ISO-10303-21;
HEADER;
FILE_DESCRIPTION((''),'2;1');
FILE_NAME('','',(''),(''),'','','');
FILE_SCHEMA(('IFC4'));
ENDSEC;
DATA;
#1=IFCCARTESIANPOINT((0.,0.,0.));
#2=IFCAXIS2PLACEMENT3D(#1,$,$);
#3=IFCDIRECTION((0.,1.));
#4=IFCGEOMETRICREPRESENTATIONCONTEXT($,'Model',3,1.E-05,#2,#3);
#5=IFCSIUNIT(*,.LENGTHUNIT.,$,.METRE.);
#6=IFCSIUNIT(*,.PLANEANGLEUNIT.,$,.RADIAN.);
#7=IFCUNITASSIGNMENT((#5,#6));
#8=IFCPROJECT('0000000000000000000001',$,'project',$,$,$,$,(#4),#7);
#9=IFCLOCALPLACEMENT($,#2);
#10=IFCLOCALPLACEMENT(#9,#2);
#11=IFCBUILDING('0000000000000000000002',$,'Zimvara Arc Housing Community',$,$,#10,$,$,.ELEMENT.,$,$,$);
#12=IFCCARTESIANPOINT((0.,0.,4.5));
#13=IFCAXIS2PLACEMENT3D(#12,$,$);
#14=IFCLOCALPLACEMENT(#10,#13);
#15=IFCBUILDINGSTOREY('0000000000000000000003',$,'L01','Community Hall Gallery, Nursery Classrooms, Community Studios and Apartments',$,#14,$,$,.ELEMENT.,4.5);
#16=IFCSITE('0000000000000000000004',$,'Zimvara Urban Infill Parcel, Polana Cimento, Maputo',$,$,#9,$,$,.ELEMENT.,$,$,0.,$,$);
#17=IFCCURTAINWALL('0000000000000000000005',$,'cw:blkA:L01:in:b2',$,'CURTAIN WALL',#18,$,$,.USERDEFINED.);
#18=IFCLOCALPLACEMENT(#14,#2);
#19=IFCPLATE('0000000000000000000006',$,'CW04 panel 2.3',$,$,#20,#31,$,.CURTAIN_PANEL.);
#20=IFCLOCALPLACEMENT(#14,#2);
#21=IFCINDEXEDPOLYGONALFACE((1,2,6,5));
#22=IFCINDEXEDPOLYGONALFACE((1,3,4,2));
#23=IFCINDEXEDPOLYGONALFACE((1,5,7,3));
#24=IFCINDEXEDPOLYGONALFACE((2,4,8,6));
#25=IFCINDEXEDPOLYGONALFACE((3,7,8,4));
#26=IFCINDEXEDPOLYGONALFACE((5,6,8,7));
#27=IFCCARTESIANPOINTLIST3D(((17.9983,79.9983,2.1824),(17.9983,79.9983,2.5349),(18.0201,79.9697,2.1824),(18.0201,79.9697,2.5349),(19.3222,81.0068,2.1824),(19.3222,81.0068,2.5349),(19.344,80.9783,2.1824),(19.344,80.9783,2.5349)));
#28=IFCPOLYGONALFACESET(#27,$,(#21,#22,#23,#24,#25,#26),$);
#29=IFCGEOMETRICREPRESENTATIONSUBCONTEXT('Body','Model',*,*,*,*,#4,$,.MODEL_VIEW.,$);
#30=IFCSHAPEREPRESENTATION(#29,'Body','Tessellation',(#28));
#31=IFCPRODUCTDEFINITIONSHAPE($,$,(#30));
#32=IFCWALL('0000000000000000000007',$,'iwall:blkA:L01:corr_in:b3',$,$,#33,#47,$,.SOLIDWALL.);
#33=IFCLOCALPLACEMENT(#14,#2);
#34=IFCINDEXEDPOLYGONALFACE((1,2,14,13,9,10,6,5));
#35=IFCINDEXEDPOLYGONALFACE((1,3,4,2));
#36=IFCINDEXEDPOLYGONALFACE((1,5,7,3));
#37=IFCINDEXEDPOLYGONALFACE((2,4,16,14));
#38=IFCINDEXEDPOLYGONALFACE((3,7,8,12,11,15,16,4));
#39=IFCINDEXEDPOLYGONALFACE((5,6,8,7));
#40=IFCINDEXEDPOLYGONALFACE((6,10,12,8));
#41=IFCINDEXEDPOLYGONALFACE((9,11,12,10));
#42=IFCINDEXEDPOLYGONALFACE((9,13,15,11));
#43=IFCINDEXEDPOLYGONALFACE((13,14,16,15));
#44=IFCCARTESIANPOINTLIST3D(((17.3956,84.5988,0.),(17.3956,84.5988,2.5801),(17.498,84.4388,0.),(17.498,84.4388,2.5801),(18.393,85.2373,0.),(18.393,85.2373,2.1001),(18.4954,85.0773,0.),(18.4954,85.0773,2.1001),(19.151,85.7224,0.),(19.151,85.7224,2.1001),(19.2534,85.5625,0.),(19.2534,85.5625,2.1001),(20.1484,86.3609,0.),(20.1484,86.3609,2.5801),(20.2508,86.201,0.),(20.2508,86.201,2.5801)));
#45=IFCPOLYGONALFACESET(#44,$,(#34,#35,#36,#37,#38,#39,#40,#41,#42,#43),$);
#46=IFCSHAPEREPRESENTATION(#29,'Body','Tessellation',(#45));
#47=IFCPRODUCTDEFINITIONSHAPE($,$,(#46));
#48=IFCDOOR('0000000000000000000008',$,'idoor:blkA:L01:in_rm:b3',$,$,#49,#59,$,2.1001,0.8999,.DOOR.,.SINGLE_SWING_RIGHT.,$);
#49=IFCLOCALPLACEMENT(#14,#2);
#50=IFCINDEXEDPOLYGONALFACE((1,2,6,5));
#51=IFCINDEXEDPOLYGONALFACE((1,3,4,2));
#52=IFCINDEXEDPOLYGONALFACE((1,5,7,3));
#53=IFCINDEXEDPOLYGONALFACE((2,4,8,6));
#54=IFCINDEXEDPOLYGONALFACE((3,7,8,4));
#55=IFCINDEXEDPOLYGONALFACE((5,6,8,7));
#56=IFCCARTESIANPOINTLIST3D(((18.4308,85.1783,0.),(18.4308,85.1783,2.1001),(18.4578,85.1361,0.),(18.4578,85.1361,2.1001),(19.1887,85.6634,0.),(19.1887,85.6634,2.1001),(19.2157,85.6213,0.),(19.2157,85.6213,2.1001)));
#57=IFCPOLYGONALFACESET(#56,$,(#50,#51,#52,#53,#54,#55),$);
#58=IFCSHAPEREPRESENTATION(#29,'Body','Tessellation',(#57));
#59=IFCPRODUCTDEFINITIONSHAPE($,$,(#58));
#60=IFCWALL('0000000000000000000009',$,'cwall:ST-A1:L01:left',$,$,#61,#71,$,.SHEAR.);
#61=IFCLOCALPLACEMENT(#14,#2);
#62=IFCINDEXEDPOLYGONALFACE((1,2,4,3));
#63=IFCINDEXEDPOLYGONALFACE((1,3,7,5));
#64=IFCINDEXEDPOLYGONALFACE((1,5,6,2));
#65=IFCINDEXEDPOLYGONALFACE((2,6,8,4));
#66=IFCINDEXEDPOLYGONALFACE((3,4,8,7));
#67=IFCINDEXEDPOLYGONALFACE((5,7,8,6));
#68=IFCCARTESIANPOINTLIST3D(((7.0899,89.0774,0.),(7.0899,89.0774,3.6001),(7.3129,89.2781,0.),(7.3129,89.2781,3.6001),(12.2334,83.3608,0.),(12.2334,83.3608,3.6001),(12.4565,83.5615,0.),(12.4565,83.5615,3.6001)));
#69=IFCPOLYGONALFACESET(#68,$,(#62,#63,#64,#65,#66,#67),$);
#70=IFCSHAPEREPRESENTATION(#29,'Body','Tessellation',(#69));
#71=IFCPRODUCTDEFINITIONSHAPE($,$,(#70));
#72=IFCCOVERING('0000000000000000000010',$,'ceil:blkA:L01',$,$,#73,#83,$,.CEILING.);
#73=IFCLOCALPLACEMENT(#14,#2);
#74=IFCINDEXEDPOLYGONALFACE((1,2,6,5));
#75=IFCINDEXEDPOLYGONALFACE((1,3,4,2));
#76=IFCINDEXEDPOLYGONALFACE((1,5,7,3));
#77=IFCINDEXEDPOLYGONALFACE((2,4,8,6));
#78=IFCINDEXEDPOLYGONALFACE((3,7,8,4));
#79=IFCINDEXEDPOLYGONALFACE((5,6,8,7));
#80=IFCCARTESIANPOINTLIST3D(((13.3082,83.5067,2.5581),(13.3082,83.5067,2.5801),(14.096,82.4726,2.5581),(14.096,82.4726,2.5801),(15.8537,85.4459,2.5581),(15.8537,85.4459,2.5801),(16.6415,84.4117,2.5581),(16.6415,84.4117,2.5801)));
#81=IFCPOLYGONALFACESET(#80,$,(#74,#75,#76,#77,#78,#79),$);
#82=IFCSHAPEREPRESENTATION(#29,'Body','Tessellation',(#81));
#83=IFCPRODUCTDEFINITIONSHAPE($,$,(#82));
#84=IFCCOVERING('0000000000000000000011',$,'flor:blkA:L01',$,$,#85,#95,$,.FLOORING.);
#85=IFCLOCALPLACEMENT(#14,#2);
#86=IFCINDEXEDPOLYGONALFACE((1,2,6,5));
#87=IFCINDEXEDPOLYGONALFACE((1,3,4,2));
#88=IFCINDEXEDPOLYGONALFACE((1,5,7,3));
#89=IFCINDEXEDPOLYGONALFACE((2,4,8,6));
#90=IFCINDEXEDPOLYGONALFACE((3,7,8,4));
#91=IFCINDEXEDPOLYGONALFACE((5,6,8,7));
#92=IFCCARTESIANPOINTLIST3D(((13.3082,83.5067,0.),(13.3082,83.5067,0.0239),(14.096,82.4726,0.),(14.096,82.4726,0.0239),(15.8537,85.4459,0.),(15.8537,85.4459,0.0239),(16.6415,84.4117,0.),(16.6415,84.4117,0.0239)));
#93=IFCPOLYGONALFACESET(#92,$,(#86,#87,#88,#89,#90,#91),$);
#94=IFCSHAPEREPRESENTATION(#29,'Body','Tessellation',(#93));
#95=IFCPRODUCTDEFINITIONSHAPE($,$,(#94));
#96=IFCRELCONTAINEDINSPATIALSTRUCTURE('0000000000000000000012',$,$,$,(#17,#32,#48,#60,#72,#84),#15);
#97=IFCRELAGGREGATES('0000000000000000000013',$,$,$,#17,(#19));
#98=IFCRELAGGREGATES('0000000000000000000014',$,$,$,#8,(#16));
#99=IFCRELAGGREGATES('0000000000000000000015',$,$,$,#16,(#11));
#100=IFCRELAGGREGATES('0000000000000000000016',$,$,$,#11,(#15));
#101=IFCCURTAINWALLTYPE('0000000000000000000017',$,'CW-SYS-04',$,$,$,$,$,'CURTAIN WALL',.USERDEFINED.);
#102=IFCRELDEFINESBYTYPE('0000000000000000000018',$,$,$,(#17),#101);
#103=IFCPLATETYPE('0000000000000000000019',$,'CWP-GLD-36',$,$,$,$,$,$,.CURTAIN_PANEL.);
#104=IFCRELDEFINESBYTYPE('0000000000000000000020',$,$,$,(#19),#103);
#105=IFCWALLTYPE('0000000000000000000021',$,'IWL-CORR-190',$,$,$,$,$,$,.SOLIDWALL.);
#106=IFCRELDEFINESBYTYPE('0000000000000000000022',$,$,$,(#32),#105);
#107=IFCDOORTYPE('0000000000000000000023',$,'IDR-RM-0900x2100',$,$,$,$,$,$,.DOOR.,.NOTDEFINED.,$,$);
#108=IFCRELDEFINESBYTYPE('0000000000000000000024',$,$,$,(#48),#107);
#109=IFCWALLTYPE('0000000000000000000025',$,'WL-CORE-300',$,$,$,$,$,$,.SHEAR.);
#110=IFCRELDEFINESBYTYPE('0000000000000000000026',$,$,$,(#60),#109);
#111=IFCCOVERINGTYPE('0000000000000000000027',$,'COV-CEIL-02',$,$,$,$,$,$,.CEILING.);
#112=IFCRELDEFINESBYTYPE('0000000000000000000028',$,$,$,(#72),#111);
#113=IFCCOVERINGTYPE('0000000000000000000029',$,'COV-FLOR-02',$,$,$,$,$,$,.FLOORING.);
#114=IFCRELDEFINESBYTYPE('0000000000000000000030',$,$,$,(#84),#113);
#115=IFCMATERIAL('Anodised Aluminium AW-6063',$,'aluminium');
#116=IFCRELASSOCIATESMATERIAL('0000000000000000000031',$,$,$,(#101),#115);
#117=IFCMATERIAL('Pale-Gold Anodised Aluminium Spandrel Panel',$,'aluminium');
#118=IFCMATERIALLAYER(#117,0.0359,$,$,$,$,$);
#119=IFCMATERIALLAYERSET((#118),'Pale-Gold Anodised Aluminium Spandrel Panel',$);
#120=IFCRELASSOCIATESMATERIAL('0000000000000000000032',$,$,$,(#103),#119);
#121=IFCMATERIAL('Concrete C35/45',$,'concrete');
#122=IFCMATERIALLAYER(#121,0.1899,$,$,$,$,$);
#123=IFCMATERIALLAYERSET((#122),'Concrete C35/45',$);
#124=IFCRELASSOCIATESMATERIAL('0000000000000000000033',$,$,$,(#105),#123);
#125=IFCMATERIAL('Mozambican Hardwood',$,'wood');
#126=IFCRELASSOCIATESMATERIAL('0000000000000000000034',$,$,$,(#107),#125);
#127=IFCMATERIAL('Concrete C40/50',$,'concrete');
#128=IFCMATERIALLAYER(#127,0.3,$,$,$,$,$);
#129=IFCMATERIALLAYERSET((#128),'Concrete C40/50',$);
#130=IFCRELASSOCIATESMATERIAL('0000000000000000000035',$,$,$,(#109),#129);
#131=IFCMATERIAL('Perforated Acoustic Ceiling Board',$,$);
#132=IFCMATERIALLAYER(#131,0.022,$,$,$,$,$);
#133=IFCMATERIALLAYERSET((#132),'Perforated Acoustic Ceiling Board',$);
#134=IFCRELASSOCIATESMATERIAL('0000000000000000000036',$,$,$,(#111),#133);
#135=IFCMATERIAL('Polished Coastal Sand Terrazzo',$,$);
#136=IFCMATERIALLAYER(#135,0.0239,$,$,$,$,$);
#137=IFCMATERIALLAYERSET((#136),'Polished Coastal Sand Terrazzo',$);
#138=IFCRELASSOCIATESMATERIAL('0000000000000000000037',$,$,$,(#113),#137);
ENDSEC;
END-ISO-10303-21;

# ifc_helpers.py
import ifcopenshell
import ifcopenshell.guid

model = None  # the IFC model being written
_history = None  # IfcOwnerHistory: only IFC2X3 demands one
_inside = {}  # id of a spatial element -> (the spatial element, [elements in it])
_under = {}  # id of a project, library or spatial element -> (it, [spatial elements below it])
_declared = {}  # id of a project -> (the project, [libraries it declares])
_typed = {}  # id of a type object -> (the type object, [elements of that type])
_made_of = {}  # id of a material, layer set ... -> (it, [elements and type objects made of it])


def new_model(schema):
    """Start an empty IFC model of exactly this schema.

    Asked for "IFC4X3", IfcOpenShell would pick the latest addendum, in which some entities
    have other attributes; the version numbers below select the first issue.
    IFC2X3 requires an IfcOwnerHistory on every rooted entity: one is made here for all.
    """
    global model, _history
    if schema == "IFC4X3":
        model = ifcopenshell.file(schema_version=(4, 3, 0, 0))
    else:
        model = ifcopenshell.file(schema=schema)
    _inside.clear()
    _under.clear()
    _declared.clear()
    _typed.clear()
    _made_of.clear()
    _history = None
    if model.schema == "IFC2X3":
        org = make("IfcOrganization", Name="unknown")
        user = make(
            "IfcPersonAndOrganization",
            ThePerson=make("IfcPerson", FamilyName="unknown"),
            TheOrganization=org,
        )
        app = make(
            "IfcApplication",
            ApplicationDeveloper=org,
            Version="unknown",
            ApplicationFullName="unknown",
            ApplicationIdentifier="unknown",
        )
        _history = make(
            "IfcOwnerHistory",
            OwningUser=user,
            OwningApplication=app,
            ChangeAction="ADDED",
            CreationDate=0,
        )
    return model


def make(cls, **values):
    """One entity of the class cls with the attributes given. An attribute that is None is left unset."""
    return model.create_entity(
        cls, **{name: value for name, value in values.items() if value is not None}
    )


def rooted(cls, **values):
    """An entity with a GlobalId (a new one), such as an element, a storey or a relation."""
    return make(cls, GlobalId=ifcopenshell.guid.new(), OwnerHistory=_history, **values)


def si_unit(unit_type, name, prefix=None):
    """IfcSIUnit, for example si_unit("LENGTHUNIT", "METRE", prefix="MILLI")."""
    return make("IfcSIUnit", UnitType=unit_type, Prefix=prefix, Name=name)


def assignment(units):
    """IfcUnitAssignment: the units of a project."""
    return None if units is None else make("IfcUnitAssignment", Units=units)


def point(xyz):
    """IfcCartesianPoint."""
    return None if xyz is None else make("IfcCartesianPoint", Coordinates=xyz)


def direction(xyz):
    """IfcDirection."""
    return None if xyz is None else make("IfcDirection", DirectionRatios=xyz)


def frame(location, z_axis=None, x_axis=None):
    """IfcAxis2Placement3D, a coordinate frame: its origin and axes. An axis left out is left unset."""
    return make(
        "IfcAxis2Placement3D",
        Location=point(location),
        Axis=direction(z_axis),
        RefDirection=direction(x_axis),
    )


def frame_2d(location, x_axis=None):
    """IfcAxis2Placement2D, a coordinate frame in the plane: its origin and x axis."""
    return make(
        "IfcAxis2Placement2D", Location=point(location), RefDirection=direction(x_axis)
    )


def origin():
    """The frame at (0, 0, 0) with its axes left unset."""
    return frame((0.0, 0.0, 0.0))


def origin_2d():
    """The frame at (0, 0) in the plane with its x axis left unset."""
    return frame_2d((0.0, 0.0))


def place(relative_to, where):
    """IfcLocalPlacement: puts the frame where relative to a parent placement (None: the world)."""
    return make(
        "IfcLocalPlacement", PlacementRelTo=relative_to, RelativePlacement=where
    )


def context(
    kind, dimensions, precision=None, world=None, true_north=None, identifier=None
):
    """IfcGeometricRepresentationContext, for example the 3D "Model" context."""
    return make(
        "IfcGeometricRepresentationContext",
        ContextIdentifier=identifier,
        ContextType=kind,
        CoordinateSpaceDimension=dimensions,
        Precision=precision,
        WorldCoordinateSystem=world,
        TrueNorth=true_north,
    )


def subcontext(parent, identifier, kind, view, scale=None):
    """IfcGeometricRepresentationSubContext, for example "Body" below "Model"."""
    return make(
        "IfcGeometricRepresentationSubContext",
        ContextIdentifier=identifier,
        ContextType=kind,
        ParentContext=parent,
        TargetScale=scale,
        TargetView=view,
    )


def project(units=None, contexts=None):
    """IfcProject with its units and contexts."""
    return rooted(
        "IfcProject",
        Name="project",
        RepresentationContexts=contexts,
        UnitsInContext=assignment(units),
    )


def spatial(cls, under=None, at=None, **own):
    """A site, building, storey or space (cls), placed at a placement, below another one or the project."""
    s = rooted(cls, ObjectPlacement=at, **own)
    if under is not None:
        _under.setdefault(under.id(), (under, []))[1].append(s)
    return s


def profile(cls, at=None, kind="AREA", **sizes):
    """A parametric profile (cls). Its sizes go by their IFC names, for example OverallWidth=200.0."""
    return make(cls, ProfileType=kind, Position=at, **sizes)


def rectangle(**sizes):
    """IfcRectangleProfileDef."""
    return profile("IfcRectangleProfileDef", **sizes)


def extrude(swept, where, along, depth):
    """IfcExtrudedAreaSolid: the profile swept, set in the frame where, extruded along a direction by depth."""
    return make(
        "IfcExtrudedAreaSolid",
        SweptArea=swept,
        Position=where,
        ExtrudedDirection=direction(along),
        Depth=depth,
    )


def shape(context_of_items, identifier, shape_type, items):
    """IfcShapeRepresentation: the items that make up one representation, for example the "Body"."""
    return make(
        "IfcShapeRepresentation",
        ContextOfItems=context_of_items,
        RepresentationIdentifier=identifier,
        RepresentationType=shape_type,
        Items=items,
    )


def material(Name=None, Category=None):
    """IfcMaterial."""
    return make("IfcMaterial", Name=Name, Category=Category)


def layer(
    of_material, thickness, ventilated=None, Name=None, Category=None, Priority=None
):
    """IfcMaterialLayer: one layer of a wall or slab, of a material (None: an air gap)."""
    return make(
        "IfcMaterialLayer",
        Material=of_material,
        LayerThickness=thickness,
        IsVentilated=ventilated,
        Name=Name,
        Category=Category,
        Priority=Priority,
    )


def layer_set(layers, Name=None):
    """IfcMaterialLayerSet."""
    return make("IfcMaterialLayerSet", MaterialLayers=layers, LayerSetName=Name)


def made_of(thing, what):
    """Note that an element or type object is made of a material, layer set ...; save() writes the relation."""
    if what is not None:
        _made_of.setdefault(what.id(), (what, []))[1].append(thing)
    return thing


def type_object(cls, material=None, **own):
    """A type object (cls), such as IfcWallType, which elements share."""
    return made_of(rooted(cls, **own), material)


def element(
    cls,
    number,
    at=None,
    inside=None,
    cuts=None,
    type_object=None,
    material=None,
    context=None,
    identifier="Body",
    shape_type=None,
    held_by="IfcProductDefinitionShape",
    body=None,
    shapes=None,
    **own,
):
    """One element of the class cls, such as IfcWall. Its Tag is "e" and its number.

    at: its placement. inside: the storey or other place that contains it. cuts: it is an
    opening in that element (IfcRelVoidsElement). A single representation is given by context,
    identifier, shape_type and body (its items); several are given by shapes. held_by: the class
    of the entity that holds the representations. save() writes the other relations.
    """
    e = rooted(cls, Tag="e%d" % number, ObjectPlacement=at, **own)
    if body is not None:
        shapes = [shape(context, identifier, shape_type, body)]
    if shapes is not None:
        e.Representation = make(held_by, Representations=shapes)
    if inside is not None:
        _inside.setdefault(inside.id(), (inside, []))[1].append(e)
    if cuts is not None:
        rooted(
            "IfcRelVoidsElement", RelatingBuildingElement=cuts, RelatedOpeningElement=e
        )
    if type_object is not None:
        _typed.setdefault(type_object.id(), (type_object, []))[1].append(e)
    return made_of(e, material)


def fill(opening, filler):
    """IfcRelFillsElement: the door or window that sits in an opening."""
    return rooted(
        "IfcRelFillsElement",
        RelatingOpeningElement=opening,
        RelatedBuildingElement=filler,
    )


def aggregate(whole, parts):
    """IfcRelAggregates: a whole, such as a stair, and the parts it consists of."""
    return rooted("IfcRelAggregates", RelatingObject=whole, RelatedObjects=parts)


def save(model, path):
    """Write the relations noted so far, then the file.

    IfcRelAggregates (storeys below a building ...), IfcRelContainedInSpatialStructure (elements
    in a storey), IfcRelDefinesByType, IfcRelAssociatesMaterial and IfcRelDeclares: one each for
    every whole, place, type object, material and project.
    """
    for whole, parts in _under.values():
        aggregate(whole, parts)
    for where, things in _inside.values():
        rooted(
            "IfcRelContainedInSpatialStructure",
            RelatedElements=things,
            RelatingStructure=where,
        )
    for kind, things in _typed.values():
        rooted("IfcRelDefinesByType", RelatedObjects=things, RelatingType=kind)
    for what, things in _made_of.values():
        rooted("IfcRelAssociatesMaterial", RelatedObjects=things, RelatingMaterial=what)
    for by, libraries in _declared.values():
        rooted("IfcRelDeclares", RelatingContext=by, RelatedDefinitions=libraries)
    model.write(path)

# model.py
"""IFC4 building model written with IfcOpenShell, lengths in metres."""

from ifc_helpers import new_model, si_unit, direction, frame, frame_2d, origin, origin_2d, place, context, subcontext, project, spatial, rectangle, extrude, material, layer, layer_set, type_object, element, fill, aggregate, save


model = new_model("IFC4")

# Units and contexts
model_context = context("Model", 3, precision=1e-05, world=origin(), true_north=direction((0.0, 1.0)))
body_context = subcontext(model_context, "Body", "Model", "MODEL_VIEW")
ifc_project = project(units=[si_unit("LENGTHUNIT", "METRE"), si_unit("PLANEANGLEUNIT", "RADIAN")], contexts=[model_context])

# Site, building, storey
site_placement = place(None, origin())
site = spatial("IfcSite", under=ifc_project, at=site_placement, Name="Zimvara Urban Infill Parcel, Polana Cimento, Maputo", CompositionType="ELEMENT", RefElevation=0.0)
building_placement = place(site_placement, origin())
building = spatial("IfcBuilding", under=site, at=building_placement, Name="Zimvara Arc Housing Community", CompositionType="ELEMENT")
storey_placement = place(building_placement, frame((0.0, 0.0, 4.5)))
storey = spatial("IfcBuildingStorey", under=building, at=storey_placement, Name="L01", Description="Community Hall Gallery, Nursery Classrooms, Community Studios and Apartments", CompositionType="ELEMENT", Elevation=4.5)

# Curtain wall
ifc_material_1 = material(Name="Anodised Aluminium AW-6063", Category="aluminium")
curtain_wall_type_1 = type_object("IfcCurtainWallType", Name="CW-SYS-04", ElementType="CURTAIN WALL", PredefinedType="USERDEFINED", material=ifc_material_1)
curtain_wall_1_placement = place(storey_placement, origin())
curtain_wall_1 = element("IfcCurtainWall", 1, at=curtain_wall_1_placement, inside=storey, type_object=curtain_wall_type_1, Name="cw:blkA:L01:in:b2", ObjectType="CURTAIN WALL", PredefinedType="USERDEFINED")

# Plate
ifc_material_2 = material(Name="Pale-Gold Anodised Aluminium Spandrel Panel", Category="aluminium")
ifc_layer_1 = layer(ifc_material_2, 0.0359)
ifc_layer_set_1 = layer_set([ifc_layer_1], Name="Pale-Gold Anodised Aluminium Spandrel Panel")
plate_type = type_object("IfcPlateType", Name="CWP-GLD-36", PredefinedType="CURTAIN_PANEL", material=ifc_layer_set_1)
plate_placement = place(storey_placement, frame((18.6711, 80.4883, 2.1824), z_axis=(0.0, 0.0, 1.0), x_axis=(0.795474, 0.605988, 0.0)))
plate = element("IfcPlate", 2, at=plate_placement, type_object=plate_type, Name="CW04 panel 2.3", PredefinedType="CURTAIN_PANEL", context=body_context, shape_type="SweptSolid", body=[
    extrude(rectangle(XDim=1.6643, YDim=0.0359, at=origin_2d()), origin(), (0.0, 0.0, 1.0), 0.3525),
])
aggregate(curtain_wall_1, [plate])

# Wall, opening, door
ifc_material_3 = material(Name="Concrete C35/45", Category="concrete")
ifc_layer_2 = layer(ifc_material_3, 0.1899)
ifc_layer_set_2 = layer_set([ifc_layer_2], Name="Concrete C35/45")
wall_type_1 = type_object("IfcWallType", Name="IWL-CORR-190", PredefinedType="SOLIDWALL", material=ifc_layer_set_2)
wall_1_placement = place(storey_placement, frame((17.4468, 84.5188, 0.0), z_axis=(0.0, 0.0, 1.0), x_axis=(0.842225, 0.539126, 0.0)))
wall_1 = element("IfcWall", 3, at=wall_1_placement, inside=storey, type_object=wall_type_1, Name="iwall:blkA:L01:corr_in:b3", PredefinedType="SOLIDWALL", context=body_context, shape_type="SweptSolid", body=[
    extrude(rectangle(XDim=3.2686, YDim=0.1899, at=frame_2d((1.6343, 0.0))), origin(), (0.0, 0.0, 1.0), 2.5801),
])
opening_1_placement = place(wall_1_placement, frame((1.1843, 0.0, 0.0)))
opening_1 = element("IfcOpeningElement", 4, at=opening_1_placement, cuts=wall_1, PredefinedType="OPENING", context=body_context, shape_type="SweptSolid", body=[
    extrude(rectangle(XDim=0.8999, YDim=2.1001, at=frame_2d((0.45, 1.05))), frame((0.0, 0.105, 0.0), z_axis=(0.0, -1.0, 0.0), x_axis=(1.0, 0.0, 0.0)), (0.0, 0.0, 1.0), 0.21),
])
ifc_material_4 = material(Name="Mozambican Hardwood", Category="wood")
door_type_1 = type_object("IfcDoorType", Name="IDR-RM-0900x2100", OperationType="NOTDEFINED", PredefinedType="DOOR", material=ifc_material_4)
door_1_placement = place(opening_1_placement, origin())
door_1 = element("IfcDoor", 5, at=door_1_placement, inside=storey, type_object=door_type_1, Name="idoor:blkA:L01:in_rm:b3", OperationType="SINGLE_SWING_RIGHT", OverallHeight=2.1001, OverallWidth=0.8999, PredefinedType="DOOR", context=body_context, shape_type="SweptSolid", body=[
    extrude(rectangle(XDim=0.8999, YDim=2.1001, at=frame_2d((0.45, 1.05))), frame((0.0, 0.0249, 0.0), z_axis=(0.0, -1.0, 0.0), x_axis=(1.0, 0.0, 0.0)), (0.0, 0.0, 1.0), 0.05),
])
fill(opening_1, door_1)
ifc_material_5 = material(Name="Concrete C40/50", Category="concrete")
ifc_layer_3 = layer(ifc_material_5, 0.3)
ifc_layer_set_3 = layer_set([ifc_layer_3], Name="Concrete C40/50")
wall_type_2 = type_object("IfcWallType", Name="WL-CORE-300", PredefinedType="SHEAR", material=ifc_layer_set_3)

# Wall
wall_2_placement = place(storey_placement, frame((12.345, 83.4612, 0.0), z_axis=(0.0, 0.0, 1.0), x_axis=(-0.668868, 0.743381, 0.0)))
element("IfcWall", 6, at=wall_2_placement, inside=storey, type_object=wall_type_2, Name="cwall:ST-A1:L01:left", PredefinedType="SHEAR", context=body_context, shape_type="SweptSolid", body=[
    extrude(rectangle(XDim=7.6899, YDim=0.3, at=frame_2d((3.845, 0.0))), origin(), (0.0, 0.0, 1.0), 3.6001),
])

# Coverings
ifc_material_6 = material(Name="Perforated Acoustic Ceiling Board")
ifc_layer_4 = layer(ifc_material_6, 0.022)
ifc_layer_set_4 = layer_set([ifc_layer_4], Name="Perforated Acoustic Ceiling Board")
covering_type_1 = type_object("IfcCoveringType", Name="COV-CEIL-02", PredefinedType="CEILING", material=ifc_layer_set_4)
covering_1_placement = place(storey_placement, frame((14.9749, 83.9592, 2.5581), z_axis=(0.0, 0.0, 1.0), x_axis=(-0.605988, 0.795473, 0.0)))
element("IfcCovering", 7, at=covering_1_placement, inside=storey, type_object=covering_type_1, Name="ceil:blkA:L01", PredefinedType="CEILING", context=body_context, shape_type="SweptSolid", body=[
    extrude(rectangle(XDim=1.3, YDim=3.2, at=origin_2d()), origin(), (0.0, 0.0, 1.0), 0.022),
])
ifc_material_7 = material(Name="Polished Coastal Sand Terrazzo")
ifc_layer_5 = layer(ifc_material_7, 0.0239)
ifc_layer_set_5 = layer_set([ifc_layer_5], Name="Polished Coastal Sand Terrazzo")
covering_type_2 = type_object("IfcCoveringType", Name="COV-FLOR-02", PredefinedType="FLOORING", material=ifc_layer_set_5)
covering_2_placement = place(storey_placement, frame((14.9749, 83.9592, 0.0), z_axis=(0.0, 0.0, 1.0), x_axis=(-0.605988, 0.795473, 0.0)))
element("IfcCovering", 8, at=covering_2_placement, inside=storey, type_object=covering_type_2, Name="flor:blkA:L01", PredefinedType="FLOORING", context=body_context, shape_type="SweptSolid", body=[
    extrude(rectangle(XDim=1.3, YDim=3.2, at=origin_2d()), origin(), (0.0, 0.0, 1.0), 0.0239),
])

save(model, "model.ifc")
